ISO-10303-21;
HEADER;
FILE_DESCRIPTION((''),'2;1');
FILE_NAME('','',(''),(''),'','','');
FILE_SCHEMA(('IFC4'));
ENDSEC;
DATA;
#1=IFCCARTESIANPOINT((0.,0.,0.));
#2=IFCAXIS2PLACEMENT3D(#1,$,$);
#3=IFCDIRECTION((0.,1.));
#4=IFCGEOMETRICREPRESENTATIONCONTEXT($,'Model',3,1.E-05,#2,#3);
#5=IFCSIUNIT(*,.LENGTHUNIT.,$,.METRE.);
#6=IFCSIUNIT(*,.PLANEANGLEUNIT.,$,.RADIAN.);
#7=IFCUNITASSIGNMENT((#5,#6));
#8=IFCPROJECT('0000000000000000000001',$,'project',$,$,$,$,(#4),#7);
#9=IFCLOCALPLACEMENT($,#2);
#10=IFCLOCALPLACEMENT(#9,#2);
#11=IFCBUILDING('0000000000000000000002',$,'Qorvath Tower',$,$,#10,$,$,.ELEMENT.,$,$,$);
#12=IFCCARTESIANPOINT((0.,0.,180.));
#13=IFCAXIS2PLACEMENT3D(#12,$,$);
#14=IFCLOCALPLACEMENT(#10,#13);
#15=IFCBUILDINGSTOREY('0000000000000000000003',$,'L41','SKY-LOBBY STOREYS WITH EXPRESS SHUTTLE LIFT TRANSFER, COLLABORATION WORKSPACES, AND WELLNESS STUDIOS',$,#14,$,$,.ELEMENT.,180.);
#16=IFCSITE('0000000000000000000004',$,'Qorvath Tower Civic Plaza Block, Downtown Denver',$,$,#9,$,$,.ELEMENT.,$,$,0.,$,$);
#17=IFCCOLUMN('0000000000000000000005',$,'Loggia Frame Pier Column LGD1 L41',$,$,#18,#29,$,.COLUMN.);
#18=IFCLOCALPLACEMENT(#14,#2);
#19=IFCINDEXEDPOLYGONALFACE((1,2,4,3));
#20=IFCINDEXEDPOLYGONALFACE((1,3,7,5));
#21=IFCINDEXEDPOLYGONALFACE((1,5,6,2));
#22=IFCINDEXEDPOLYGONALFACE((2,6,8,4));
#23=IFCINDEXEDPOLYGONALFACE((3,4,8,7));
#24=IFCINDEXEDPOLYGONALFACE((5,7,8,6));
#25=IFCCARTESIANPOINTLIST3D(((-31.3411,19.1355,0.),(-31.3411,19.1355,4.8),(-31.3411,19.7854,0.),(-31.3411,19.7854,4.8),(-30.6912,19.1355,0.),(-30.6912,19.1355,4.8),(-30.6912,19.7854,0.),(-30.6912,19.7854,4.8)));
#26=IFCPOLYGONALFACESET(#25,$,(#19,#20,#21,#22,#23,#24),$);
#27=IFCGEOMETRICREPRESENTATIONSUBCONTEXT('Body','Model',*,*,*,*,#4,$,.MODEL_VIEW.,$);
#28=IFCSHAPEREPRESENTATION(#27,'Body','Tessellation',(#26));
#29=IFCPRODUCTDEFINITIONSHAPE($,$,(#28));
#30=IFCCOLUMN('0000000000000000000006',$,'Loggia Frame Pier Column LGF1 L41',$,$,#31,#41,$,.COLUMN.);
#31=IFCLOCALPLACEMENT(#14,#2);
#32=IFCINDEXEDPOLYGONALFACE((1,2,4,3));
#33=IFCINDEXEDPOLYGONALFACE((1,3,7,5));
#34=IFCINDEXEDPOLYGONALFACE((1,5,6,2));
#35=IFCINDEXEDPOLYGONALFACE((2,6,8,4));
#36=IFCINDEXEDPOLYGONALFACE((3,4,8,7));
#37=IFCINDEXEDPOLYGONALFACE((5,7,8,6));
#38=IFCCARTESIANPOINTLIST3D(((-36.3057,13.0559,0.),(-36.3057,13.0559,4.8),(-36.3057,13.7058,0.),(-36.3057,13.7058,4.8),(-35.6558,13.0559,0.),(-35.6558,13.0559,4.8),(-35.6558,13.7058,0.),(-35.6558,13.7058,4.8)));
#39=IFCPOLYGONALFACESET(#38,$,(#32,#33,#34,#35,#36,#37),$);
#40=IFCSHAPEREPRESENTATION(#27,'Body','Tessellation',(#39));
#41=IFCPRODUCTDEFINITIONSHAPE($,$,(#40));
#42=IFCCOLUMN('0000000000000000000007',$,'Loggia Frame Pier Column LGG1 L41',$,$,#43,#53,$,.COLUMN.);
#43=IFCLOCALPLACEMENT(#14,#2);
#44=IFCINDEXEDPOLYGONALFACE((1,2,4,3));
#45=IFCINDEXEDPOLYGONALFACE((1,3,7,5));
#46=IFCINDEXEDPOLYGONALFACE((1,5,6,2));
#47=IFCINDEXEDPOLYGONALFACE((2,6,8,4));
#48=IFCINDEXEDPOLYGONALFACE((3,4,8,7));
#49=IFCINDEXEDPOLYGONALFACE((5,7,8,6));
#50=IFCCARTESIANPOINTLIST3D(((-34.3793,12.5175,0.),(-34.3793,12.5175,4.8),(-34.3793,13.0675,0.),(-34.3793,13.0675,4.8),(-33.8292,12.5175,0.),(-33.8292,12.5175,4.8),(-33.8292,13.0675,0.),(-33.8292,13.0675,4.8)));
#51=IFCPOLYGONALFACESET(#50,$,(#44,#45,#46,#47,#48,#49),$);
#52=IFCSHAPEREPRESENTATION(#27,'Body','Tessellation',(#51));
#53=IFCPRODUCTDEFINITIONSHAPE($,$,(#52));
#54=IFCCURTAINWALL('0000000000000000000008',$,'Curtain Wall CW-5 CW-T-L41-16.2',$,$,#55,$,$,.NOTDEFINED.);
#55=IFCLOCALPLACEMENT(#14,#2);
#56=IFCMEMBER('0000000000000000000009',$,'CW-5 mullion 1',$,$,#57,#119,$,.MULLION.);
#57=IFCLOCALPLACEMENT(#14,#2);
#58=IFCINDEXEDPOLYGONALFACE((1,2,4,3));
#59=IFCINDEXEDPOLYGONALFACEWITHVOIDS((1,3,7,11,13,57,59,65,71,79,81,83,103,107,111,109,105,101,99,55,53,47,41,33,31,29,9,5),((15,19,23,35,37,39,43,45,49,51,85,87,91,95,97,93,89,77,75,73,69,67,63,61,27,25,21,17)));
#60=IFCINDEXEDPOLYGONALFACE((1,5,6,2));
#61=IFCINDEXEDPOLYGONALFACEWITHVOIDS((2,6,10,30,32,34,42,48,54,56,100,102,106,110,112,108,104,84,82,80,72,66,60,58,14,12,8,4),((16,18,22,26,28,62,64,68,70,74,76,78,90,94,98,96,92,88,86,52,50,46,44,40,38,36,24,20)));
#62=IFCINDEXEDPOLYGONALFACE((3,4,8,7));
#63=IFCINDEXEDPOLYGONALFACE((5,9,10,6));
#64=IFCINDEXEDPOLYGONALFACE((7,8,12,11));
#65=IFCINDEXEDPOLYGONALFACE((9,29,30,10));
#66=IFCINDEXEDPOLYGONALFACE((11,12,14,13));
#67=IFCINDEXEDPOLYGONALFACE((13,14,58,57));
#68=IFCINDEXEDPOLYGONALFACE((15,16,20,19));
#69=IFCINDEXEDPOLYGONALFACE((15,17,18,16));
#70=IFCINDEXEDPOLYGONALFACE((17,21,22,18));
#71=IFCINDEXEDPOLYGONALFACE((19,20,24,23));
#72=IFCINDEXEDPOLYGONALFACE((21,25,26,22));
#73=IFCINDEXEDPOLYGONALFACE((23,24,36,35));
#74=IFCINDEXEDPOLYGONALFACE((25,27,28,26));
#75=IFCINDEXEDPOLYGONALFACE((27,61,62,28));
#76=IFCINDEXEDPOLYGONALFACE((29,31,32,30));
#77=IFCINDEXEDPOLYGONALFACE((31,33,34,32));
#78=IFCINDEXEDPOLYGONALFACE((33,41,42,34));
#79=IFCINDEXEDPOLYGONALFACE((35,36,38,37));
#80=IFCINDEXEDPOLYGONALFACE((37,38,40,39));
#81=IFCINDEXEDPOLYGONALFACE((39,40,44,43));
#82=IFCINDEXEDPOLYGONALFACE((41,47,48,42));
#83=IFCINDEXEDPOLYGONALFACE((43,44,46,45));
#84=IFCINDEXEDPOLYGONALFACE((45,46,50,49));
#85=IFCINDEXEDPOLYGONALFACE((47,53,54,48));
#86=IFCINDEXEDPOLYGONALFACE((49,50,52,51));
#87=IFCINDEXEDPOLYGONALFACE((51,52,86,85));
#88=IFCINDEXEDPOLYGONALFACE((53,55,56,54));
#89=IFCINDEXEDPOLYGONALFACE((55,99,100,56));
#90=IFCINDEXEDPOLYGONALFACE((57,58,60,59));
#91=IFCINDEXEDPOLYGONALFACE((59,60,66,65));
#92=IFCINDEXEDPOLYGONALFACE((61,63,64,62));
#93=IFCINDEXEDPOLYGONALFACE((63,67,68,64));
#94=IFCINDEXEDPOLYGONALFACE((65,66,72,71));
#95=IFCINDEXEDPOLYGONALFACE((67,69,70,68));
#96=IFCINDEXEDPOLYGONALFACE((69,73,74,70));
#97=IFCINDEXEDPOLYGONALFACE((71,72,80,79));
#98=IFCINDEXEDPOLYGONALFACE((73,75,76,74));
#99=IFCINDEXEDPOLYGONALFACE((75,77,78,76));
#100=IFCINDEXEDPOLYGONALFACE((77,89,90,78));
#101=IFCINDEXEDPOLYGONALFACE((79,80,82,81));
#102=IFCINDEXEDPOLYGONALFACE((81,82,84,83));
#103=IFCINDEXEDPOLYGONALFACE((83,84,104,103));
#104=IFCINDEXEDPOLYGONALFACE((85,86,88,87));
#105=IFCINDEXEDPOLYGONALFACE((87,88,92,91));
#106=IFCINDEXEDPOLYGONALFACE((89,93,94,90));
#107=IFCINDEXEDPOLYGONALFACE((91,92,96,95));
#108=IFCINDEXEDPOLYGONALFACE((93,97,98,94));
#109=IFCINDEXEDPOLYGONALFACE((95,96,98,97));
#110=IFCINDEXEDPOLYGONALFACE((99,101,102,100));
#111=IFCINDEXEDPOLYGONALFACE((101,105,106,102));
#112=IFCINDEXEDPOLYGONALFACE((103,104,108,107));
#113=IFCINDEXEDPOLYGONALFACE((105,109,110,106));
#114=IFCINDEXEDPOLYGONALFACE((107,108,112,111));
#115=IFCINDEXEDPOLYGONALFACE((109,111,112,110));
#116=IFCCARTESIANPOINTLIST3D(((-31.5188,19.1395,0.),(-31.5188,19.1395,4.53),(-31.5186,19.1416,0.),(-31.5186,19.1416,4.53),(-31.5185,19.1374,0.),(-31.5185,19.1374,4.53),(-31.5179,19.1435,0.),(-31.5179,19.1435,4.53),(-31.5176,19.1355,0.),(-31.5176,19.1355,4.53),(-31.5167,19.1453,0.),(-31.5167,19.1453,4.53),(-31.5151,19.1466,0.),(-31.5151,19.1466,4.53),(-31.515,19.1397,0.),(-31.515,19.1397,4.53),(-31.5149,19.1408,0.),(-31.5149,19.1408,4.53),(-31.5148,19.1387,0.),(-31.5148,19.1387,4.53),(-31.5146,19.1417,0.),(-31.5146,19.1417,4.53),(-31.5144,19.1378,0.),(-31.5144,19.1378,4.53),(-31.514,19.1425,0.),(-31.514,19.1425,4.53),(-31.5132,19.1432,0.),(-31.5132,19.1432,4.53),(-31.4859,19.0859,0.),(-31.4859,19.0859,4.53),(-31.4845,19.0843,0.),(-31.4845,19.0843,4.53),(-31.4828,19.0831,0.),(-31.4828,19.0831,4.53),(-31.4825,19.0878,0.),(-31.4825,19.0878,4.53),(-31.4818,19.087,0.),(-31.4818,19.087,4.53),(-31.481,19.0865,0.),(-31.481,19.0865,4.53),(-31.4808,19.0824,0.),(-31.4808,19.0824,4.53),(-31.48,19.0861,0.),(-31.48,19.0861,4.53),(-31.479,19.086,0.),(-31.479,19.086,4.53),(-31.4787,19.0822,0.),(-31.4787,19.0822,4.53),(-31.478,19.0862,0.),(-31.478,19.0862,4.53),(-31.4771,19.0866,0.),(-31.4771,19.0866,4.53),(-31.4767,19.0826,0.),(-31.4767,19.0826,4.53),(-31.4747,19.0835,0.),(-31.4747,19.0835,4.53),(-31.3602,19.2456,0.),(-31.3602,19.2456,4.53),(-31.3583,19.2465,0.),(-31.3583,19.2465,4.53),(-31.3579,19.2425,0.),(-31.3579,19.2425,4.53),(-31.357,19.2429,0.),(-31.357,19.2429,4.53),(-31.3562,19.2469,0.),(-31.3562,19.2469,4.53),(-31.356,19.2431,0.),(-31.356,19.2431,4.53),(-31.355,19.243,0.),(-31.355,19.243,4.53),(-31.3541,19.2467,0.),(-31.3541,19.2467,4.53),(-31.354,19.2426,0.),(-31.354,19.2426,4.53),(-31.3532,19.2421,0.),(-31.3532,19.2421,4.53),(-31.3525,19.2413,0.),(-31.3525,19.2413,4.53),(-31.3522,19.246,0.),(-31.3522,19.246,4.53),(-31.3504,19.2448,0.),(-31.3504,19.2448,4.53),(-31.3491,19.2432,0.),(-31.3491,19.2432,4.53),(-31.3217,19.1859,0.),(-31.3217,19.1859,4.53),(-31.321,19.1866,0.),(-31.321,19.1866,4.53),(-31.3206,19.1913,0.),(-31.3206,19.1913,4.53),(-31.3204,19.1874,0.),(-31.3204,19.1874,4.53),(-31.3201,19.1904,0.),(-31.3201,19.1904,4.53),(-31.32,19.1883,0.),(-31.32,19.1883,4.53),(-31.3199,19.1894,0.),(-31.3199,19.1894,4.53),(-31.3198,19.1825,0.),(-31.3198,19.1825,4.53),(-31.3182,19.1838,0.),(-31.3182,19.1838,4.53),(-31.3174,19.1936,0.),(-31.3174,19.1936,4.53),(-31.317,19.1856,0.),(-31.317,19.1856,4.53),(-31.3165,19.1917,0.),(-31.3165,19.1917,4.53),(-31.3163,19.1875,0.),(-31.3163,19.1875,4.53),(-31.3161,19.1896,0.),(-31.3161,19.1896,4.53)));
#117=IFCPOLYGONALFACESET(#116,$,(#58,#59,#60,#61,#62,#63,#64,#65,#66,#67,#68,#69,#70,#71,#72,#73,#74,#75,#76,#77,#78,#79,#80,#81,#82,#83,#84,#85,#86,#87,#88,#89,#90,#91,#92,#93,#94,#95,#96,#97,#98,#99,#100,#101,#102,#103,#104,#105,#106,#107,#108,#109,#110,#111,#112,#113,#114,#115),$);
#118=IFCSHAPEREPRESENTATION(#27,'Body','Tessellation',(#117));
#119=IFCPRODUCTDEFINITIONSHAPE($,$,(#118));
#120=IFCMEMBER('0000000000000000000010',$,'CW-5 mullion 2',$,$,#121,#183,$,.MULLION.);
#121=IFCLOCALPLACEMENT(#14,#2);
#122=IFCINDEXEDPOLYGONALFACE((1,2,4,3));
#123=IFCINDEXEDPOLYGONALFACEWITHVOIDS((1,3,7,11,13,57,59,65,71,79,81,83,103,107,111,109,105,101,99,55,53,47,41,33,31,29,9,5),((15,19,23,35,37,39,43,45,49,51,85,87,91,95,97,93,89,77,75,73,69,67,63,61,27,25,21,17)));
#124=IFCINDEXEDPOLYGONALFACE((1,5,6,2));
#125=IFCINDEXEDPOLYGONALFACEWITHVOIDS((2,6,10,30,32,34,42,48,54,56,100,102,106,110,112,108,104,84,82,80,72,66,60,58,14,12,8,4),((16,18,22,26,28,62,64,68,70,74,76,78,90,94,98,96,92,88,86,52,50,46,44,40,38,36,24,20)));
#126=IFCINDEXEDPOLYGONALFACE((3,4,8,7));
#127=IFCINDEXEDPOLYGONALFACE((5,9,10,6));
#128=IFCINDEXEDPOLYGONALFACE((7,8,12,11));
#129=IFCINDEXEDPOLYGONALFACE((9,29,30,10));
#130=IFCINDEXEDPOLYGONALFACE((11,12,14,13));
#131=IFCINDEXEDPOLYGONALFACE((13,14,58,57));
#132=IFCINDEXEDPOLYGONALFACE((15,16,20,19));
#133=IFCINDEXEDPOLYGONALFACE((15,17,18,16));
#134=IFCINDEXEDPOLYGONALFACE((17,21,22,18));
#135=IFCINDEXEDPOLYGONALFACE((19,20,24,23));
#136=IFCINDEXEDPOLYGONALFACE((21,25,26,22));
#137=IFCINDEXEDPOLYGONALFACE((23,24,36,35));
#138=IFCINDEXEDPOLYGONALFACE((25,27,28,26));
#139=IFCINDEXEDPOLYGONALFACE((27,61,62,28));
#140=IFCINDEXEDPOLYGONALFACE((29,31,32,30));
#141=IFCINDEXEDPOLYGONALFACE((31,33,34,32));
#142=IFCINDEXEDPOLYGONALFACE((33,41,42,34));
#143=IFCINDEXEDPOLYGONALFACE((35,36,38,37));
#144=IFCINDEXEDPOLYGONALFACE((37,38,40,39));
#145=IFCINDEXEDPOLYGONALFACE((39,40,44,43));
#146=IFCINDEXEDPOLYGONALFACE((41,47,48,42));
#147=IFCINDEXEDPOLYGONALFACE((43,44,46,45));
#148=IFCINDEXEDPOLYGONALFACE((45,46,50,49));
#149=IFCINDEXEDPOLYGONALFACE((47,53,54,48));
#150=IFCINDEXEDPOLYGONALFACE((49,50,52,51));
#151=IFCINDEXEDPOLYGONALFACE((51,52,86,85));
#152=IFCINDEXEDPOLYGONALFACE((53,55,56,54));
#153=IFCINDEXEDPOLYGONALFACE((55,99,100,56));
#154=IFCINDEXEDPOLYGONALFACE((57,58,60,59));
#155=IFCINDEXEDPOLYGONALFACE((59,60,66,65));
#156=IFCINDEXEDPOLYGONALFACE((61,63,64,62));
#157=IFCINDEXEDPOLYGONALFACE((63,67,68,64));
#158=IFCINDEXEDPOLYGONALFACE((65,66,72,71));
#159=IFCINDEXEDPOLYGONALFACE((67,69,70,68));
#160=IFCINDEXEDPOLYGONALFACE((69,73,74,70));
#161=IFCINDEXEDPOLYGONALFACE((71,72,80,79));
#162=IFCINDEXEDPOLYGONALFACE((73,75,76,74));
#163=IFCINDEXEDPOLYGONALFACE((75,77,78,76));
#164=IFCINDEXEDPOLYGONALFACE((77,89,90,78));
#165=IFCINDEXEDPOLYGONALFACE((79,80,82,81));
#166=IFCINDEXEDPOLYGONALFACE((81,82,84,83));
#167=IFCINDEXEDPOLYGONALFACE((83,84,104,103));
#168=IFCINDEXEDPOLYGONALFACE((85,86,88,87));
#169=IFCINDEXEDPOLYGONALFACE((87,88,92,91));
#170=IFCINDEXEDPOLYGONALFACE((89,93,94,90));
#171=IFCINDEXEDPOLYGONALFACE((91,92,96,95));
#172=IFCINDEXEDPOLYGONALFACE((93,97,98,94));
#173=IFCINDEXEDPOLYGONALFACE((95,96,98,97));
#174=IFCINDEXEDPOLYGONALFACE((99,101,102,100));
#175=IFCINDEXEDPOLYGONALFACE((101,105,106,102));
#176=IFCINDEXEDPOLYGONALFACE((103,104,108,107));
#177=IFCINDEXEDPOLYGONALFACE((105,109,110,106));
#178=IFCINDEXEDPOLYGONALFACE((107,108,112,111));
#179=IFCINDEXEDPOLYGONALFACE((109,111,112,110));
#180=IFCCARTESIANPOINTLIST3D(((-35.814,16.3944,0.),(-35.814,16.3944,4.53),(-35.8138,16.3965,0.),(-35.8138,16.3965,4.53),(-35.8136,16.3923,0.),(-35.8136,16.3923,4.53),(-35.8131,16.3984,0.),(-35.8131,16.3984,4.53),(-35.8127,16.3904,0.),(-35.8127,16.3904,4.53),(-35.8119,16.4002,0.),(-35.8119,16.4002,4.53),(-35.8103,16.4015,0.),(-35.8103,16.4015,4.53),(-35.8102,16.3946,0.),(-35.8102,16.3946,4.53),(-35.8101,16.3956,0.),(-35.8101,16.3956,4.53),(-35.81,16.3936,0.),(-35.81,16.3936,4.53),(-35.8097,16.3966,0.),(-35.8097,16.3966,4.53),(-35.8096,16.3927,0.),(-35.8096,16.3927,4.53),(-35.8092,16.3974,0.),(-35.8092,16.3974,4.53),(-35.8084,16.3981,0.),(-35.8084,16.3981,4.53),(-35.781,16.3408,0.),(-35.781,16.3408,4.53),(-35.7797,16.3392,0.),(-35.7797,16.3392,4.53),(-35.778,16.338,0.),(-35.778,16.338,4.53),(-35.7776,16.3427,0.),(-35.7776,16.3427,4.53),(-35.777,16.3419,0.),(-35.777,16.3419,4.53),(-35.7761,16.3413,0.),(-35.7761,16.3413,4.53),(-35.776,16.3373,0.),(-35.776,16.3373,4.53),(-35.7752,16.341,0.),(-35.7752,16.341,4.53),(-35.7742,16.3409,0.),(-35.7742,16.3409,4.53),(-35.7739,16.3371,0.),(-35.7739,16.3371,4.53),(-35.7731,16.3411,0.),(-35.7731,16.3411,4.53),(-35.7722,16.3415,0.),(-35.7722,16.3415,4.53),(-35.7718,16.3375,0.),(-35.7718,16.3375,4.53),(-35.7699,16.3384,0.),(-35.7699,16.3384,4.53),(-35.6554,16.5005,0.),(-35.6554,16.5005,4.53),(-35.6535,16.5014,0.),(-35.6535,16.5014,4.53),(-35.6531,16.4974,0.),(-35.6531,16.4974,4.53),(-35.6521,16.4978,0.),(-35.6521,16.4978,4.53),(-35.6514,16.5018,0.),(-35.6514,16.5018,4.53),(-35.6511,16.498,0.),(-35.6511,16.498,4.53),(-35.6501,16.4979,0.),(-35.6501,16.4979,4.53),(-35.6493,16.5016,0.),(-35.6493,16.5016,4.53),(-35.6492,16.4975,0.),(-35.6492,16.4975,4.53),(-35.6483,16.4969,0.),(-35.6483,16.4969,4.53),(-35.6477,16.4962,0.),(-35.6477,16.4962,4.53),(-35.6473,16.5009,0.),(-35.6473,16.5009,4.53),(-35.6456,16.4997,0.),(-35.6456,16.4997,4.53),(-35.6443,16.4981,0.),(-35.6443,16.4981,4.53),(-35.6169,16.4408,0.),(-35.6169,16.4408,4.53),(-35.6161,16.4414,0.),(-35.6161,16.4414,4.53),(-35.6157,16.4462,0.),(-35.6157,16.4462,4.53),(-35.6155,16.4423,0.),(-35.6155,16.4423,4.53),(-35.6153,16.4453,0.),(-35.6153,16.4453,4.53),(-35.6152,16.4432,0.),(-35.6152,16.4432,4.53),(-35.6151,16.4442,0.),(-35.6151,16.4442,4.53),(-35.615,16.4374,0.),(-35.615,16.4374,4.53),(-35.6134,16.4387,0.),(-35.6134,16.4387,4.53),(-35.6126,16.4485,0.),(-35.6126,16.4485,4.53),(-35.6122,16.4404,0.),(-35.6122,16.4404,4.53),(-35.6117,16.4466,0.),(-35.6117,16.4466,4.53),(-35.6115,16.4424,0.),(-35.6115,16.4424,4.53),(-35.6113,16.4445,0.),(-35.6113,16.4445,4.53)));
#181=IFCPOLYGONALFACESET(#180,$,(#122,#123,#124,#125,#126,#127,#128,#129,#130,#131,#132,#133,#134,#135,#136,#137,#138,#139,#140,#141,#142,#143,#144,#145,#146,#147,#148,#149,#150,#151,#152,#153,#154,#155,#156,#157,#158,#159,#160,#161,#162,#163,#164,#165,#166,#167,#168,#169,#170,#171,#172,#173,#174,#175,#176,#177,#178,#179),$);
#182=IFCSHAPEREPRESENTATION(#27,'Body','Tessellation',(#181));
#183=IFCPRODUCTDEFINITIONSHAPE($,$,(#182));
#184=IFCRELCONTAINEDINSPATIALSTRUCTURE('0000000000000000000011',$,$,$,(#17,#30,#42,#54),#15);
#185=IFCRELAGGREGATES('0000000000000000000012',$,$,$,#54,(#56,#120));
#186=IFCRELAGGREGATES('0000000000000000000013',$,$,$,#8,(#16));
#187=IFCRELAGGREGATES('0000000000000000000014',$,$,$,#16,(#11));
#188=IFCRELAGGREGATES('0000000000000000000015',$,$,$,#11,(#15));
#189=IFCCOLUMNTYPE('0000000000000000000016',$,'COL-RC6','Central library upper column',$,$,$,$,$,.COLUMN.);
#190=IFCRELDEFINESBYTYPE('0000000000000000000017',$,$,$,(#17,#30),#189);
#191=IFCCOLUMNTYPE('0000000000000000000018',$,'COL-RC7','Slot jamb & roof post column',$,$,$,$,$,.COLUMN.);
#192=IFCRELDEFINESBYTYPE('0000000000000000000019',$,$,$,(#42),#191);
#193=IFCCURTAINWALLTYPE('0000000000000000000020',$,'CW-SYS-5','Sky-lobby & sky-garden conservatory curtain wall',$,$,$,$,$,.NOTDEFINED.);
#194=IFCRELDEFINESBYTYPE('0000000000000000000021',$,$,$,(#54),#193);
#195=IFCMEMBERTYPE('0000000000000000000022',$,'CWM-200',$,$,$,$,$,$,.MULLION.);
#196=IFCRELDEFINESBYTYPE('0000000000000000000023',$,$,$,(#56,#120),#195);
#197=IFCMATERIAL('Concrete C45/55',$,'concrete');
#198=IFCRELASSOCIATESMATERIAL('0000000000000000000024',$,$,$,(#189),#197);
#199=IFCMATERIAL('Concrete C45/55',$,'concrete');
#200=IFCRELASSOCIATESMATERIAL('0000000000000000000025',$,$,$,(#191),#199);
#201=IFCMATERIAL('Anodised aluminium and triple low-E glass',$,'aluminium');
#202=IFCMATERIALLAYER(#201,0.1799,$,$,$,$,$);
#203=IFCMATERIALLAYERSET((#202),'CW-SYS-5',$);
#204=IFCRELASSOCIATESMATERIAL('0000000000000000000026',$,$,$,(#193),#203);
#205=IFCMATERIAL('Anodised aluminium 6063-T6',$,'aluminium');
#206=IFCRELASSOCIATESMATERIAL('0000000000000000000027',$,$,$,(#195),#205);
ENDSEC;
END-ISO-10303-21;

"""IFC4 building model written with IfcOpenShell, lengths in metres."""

from ifc_helpers import new_model, si_unit, direction, frame, origin, origin_2d, place, context, subcontext, project, spatial, rectangle, hollow_rectangle, extrude, material, layer, layer_set, material_profile, profile_set, type_object, element, aggregate, save


model = new_model("IFC4")

# Units and contexts
model_context = context("Model", 3, precision=1e-05, world=origin(), true_north=direction((0.0, 1.0)))
body_context = subcontext(model_context, "Body", "Model", "MODEL_VIEW")
ifc_project = project(units=[si_unit("LENGTHUNIT", "METRE"), si_unit("PLANEANGLEUNIT", "RADIAN")], contexts=[model_context])

# Site, building, storey
site_placement = place(None, origin())
site = spatial("IfcSite", under=ifc_project, at=site_placement, Name="Qorvath Tower Civic Plaza Block, Downtown Denver", CompositionType="ELEMENT", RefElevation=0.0)
building_placement = place(site_placement, origin())
building = spatial("IfcBuilding", under=site, at=building_placement, Name="Qorvath Tower", CompositionType="ELEMENT")
storey_placement = place(building_placement, frame((0.0, 0.0, 180.0)))
storey = spatial("IfcBuildingStorey", under=building, at=storey_placement, Name="L41", Description="SKY-LOBBY STOREYS WITH EXPRESS SHUTTLE LIFT TRANSFER, COLLABORATION WORKSPACES, AND WELLNESS STUDIOS", CompositionType="ELEMENT", Elevation=180.0)

# Columns
ifc_material_1 = material(Name="Concrete C45/55", Category="concrete")
ifc_material_profile_1 = material_profile(ifc_material_1, rectangle(XDim=0.6499, YDim=0.6499, at=origin_2d()), Name="RC 650x650")
ifc_profile_set_1 = profile_set([ifc_material_profile_1], Name="Concrete C45/55")
column_type_1 = type_object("IfcColumnType", Name="COL-RC6", Description="Central library upper column", PredefinedType="COLUMN", material=ifc_profile_set_1)
for number, where, z_axis, x_axis, name in (
    (1, (-31.0161, 19.4604, 0.0), (0.0, 0.0, 1.0), (1.0, 0.0, 0.0), "Loggia Frame Pier Column LGD1 L41"),
    (2, (-35.9807, 13.3809, 0.0), (0.0, 0.0, 1.0), (1.0, 0.0, 0.0), "Loggia Frame Pier Column LGF1 L41"),
):
    element("IfcColumn", number, at=place(storey_placement, frame(where, z_axis=z_axis, x_axis=x_axis)), inside=storey, type_object=column_type_1, Name=name, PredefinedType="COLUMN", context=body_context, shape_type="SweptSolid", body=[
        extrude(rectangle(XDim=0.6499, YDim=0.6499, at=origin_2d()), origin(), (0.0, 0.0, 1.0), 4.8),
    ])
ifc_material_2 = material(Name="Concrete C45/55", Category="concrete")
ifc_material_profile_2 = material_profile(ifc_material_2, rectangle(XDim=0.55, YDim=0.55, at=origin_2d()), Name="RC 550x550")
ifc_profile_set_2 = profile_set([ifc_material_profile_2], Name="Concrete C45/55")
column_type_2 = type_object("IfcColumnType", Name="COL-RC7", Description="Slot jamb & roof post column", PredefinedType="COLUMN", material=ifc_profile_set_2)
column_placement = place(storey_placement, frame((-34.1042, 12.7925, 0.0), z_axis=(0.0, 0.0, 1.0), x_axis=(1.0, 0.0, 0.0)))
element("IfcColumn", 3, at=column_placement, inside=storey, type_object=column_type_2, Name="Loggia Frame Pier Column LGG1 L41", PredefinedType="COLUMN", context=body_context, shape_type="SweptSolid", body=[
    extrude(rectangle(XDim=0.55, YDim=0.55, at=origin_2d()), origin(), (0.0, 0.0, 1.0), 4.8),
])

# Curtain wall, members
ifc_material_3 = material(Name="Anodised aluminium and triple low-E glass", Category="aluminium")
ifc_layer_1 = layer(ifc_material_3, 0.1799)
ifc_layer_set_1 = layer_set([ifc_layer_1], Name="CW-SYS-5")
curtain_wall_type = type_object("IfcCurtainWallType", Name="CW-SYS-5", Description="Sky-lobby & sky-garden conservatory curtain wall", PredefinedType="NOTDEFINED", material=ifc_layer_set_1)
curtain_wall_placement = place(storey_placement, origin())
curtain_wall = element("IfcCurtainWall", 4, at=curtain_wall_placement, inside=storey, type_object=curtain_wall_type, Name="Curtain Wall CW-5 CW-T-L41-16.2", PredefinedType="NOTDEFINED")
ifc_material_4 = material(Name="Anodised aluminium 6063-T6", Category="aluminium")
ifc_material_profile_3 = material_profile(ifc_material_4, hollow_rectangle(XDim=0.075, YDim=0.2, WallThickness=0.0039, InnerFilletRadius=0.0039, OuterFilletRadius=0.0081, at=origin_2d()), Name="CWM 200x75")
ifc_profile_set_3 = profile_set([ifc_material_profile_3], Name="Anodised aluminium 6063-T6")
member_type_1 = type_object("IfcMemberType", Name="CWM-200", PredefinedType="MULLION", material=ifc_profile_set_3)
member_1_placement = place(storey_placement, frame((-31.4175, 19.1646, 0.0), z_axis=(0.0, 0.0, 1.0), x_axis=(0.538537, -0.842602, 0.0)))
member_1 = element("IfcMember", 5, at=member_1_placement, type_object=member_type_1, Name="CW-5 mullion 1", PredefinedType="MULLION", context=body_context, shape_type="SweptSolid", body=[
    extrude(hollow_rectangle(XDim=0.075, YDim=0.2, WallThickness=0.0039, InnerFilletRadius=0.0039, OuterFilletRadius=0.0081, at=origin_2d()), origin(), (0.0, 0.0, 1.0), 4.53),
])
member_2_placement = place(storey_placement, frame((-35.7126, 16.4194, 0.0), z_axis=(0.0, 0.0, 1.0), x_axis=(0.538537, -0.842602, 0.0)))
member_2 = element("IfcMember", 6, at=member_2_placement, type_object=member_type_1, Name="CW-5 mullion 2", PredefinedType="MULLION", context=body_context, shape_type="SweptSolid", body=[
    extrude(hollow_rectangle(XDim=0.075, YDim=0.2, WallThickness=0.0039, InnerFilletRadius=0.0039, OuterFilletRadius=0.0081, at=origin_2d()), origin(), (0.0, 0.0, 1.0), 4.53),
])
aggregate(curtain_wall, [member_1, member_2])

save(model, "model.ifc")
